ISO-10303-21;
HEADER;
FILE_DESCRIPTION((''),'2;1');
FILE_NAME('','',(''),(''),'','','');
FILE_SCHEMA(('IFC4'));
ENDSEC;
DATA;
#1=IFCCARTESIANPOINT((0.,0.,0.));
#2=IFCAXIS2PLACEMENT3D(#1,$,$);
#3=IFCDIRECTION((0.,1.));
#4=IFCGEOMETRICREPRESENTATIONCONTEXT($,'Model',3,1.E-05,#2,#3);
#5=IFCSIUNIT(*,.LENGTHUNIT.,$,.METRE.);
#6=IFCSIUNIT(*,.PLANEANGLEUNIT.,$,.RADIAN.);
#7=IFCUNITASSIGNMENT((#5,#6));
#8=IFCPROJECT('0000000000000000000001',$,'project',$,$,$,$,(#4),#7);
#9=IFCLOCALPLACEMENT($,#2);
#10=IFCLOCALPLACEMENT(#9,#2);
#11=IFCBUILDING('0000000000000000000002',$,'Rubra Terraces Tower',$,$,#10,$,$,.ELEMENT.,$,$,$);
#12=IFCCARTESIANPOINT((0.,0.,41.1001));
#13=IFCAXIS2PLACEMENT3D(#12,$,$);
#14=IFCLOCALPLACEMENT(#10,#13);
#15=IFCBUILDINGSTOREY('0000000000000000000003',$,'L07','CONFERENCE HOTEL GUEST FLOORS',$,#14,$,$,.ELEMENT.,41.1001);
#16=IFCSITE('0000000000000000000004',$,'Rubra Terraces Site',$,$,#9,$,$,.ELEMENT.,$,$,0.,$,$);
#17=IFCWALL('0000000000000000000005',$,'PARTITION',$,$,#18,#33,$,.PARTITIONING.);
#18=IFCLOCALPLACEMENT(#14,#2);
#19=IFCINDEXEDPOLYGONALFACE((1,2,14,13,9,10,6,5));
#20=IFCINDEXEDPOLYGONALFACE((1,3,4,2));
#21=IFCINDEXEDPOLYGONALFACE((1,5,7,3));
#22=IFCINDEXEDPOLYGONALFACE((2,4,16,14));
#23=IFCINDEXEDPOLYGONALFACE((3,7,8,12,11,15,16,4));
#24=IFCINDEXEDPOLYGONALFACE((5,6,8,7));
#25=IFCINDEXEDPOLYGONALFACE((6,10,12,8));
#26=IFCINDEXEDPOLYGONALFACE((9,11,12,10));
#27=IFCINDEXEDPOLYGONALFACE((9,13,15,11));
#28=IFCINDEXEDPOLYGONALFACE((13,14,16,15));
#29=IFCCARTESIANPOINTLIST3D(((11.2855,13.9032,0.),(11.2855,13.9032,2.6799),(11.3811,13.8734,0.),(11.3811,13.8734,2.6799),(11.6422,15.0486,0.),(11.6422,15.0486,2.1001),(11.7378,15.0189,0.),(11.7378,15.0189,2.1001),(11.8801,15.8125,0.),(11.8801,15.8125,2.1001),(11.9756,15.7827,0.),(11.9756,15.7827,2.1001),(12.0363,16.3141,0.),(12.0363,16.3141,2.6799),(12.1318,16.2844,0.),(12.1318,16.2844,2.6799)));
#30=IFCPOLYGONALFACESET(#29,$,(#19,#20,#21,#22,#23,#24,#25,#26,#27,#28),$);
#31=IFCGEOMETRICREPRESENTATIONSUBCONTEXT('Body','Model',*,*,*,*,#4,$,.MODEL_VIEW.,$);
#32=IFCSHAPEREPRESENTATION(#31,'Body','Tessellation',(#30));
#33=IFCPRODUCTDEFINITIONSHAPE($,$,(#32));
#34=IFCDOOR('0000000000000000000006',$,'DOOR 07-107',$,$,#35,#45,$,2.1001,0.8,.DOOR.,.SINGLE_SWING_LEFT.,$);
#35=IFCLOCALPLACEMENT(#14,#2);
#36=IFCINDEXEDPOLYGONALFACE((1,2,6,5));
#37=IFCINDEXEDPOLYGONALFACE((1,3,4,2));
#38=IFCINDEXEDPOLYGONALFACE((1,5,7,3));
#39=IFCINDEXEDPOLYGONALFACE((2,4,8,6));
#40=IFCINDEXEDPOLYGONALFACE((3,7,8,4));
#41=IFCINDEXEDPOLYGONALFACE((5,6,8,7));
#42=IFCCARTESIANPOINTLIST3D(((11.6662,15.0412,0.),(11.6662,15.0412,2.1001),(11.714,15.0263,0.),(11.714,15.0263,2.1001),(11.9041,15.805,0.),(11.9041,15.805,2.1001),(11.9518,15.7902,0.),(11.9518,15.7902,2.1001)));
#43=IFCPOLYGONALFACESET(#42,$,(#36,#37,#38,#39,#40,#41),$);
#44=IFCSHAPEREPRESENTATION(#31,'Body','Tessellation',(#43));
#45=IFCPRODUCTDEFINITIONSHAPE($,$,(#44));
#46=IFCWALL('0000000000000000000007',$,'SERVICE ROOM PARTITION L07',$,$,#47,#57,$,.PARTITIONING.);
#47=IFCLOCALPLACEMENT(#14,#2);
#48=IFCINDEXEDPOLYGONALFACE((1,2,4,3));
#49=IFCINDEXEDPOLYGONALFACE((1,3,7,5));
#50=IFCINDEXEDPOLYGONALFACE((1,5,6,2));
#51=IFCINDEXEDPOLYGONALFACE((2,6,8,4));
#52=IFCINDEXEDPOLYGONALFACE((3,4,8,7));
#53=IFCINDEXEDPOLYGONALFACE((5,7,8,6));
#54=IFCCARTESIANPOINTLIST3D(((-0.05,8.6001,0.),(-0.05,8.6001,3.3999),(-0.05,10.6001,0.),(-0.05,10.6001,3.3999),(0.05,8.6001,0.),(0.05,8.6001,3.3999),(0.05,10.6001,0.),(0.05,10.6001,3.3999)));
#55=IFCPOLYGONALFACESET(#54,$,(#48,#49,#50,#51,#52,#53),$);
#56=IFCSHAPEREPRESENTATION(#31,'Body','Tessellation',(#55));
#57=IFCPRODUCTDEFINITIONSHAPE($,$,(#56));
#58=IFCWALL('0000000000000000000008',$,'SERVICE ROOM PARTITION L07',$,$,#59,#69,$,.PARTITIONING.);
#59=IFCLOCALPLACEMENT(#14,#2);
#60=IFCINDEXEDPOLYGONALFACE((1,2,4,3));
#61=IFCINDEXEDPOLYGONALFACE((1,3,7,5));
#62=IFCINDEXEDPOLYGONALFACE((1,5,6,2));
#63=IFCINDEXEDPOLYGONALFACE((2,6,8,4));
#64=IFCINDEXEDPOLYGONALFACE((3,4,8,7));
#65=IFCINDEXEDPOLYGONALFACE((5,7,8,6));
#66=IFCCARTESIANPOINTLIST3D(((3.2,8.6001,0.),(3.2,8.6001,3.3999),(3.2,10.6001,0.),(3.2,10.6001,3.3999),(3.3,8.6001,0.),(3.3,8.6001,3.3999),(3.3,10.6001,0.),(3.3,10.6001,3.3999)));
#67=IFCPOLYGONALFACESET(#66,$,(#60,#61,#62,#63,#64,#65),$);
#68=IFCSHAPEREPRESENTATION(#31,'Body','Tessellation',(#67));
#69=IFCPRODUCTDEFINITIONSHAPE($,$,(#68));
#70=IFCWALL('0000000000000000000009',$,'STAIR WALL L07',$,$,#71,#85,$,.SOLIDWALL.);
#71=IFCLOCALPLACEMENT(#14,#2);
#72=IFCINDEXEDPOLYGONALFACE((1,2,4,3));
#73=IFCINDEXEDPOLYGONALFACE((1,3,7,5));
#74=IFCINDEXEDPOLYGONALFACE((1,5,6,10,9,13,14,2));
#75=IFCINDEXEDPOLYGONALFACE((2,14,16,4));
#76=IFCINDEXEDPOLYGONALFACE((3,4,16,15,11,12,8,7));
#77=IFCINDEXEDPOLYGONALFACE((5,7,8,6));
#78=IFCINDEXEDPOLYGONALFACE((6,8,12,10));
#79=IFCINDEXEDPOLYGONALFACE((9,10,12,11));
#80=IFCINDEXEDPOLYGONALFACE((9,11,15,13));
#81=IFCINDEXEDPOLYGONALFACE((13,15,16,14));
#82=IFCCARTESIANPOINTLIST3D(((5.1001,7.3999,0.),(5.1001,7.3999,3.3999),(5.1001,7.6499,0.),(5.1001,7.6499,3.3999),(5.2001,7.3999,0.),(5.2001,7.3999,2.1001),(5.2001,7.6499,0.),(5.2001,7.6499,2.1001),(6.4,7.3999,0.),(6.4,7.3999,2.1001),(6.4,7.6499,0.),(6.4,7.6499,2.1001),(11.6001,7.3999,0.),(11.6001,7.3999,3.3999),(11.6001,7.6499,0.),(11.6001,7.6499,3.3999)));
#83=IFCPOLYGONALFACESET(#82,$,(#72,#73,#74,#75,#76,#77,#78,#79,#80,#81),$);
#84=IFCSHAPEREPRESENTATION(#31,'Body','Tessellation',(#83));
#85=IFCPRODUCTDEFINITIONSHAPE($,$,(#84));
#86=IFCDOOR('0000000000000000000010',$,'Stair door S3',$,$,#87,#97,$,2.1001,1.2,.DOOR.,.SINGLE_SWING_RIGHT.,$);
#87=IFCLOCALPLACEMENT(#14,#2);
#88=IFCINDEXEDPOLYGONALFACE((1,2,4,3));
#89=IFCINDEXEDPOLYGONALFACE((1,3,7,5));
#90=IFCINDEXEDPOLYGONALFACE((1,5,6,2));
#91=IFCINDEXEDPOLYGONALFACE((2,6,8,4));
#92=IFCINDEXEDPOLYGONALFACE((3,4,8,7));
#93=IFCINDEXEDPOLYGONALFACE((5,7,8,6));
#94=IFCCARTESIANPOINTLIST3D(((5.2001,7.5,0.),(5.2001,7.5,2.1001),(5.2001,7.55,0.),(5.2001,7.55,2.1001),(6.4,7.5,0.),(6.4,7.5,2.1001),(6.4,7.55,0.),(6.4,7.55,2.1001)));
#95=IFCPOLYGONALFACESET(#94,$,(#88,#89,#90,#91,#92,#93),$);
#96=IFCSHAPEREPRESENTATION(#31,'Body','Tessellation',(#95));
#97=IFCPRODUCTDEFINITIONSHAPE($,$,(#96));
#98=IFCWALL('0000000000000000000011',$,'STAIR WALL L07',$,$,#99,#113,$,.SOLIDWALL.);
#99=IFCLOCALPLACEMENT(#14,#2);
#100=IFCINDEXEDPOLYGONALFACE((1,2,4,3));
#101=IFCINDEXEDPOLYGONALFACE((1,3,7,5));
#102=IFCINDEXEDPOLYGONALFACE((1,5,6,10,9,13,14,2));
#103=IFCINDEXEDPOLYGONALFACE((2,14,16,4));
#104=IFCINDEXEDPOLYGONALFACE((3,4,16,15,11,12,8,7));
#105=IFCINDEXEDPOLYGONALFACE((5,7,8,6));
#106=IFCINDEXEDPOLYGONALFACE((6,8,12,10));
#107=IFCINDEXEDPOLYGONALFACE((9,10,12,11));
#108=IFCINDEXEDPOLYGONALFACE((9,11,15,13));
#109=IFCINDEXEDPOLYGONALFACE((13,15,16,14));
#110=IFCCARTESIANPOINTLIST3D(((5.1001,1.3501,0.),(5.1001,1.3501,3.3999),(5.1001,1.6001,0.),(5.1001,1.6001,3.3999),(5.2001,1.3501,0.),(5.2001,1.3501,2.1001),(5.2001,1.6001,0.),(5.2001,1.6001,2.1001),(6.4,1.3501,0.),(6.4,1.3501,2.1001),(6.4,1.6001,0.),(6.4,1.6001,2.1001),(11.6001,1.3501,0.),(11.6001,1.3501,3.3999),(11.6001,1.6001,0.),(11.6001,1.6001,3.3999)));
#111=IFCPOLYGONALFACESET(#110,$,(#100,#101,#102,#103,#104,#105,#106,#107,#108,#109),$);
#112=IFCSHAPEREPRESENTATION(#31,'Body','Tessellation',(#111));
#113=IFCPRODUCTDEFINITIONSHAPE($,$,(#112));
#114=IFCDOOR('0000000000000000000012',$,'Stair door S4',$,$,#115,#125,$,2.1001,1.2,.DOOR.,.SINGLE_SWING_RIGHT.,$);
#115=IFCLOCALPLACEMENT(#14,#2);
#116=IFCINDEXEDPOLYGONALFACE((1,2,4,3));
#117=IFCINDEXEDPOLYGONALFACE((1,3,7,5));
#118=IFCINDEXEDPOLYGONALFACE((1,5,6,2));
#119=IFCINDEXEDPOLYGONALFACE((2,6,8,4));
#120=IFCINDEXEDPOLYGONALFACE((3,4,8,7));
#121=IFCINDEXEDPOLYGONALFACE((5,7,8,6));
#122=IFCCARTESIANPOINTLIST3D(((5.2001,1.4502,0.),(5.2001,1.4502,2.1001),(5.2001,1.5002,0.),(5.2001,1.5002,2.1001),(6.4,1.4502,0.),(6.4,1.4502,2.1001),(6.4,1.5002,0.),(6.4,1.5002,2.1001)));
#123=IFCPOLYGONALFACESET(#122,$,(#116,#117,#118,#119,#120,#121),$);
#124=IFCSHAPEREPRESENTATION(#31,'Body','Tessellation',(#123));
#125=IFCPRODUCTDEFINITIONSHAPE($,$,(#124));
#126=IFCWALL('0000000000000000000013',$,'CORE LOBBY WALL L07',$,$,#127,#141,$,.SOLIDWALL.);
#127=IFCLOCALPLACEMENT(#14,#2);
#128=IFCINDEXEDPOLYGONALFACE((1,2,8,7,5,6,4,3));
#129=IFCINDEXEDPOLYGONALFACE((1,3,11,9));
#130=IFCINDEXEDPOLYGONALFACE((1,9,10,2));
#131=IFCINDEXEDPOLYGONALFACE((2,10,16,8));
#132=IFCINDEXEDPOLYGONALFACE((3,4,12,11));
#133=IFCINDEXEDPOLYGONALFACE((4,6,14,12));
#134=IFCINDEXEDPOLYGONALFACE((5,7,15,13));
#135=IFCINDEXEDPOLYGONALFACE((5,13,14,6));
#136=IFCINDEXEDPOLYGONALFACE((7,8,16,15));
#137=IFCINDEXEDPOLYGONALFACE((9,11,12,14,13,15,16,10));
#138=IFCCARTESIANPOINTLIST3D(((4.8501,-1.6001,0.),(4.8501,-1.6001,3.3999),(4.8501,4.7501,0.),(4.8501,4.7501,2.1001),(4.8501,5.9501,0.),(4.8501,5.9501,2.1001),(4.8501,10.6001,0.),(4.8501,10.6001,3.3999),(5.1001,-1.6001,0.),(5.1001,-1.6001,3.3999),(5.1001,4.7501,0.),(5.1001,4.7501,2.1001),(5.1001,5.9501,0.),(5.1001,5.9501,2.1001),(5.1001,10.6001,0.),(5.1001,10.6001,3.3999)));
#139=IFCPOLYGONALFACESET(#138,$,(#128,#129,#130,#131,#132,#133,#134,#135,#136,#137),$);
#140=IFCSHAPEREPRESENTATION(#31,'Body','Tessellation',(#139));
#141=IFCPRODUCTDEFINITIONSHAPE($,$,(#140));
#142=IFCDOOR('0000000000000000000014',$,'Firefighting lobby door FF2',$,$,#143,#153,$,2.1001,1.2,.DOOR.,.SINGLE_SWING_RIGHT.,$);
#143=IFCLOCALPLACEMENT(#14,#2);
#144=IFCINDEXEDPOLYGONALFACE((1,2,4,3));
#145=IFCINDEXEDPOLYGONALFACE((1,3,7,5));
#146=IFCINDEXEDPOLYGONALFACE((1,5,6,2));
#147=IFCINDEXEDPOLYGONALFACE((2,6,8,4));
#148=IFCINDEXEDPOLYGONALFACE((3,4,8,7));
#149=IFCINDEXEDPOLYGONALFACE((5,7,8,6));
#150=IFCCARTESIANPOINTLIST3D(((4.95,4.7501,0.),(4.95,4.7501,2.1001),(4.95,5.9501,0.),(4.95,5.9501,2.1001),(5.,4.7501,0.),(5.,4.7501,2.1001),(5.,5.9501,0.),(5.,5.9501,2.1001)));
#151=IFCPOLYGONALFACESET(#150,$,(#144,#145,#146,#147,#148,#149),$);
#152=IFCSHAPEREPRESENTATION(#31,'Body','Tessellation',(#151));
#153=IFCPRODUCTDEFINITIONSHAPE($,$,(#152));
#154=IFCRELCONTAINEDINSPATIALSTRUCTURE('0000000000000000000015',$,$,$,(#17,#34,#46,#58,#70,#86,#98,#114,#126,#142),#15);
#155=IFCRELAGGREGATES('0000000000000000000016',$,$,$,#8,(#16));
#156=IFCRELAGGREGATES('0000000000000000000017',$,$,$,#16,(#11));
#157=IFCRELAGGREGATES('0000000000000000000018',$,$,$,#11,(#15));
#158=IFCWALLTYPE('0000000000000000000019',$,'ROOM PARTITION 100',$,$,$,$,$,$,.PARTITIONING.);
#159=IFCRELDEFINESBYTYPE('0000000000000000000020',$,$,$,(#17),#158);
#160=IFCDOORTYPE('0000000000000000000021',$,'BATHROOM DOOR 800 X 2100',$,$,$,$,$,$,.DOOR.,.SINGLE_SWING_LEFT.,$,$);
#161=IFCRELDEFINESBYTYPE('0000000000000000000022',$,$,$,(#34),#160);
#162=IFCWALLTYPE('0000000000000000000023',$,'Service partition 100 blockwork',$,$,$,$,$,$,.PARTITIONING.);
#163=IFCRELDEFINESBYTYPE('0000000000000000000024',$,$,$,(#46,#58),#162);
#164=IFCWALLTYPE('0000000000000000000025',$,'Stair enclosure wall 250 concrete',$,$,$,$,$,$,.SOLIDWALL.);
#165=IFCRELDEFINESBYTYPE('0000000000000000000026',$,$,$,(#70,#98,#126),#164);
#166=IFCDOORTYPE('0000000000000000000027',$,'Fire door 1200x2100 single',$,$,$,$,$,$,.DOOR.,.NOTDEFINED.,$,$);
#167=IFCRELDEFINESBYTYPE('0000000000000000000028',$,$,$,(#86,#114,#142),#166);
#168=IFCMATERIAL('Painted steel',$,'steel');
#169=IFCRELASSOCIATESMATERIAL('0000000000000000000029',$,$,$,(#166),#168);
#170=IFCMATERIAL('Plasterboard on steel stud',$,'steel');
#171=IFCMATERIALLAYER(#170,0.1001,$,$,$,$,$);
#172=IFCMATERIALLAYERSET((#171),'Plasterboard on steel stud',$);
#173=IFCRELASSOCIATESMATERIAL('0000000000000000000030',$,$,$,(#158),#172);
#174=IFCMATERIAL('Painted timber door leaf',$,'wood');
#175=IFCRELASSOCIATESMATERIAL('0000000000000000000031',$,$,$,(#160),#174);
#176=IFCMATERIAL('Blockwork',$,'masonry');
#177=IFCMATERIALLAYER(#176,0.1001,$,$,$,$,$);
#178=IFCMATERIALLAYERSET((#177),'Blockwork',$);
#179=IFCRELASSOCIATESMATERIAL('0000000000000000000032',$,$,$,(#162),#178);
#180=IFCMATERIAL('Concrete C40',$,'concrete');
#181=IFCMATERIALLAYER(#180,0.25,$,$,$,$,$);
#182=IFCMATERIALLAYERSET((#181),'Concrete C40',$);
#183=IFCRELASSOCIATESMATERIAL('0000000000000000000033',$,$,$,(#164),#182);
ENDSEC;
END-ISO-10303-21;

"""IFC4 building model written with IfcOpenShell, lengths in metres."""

from ifc_helpers import new_model, si_unit, direction, frame, frame_2d, origin, place, context, subcontext, project, spatial, rectangle, extrude, material, layer, layer_set, type_object, element, fill, save


model = new_model("IFC4")

# Units and contexts
model_context = context("Model", 3, precision=1e-05, world=origin(), true_north=direction((0.0, 1.0)))
body_context = subcontext(model_context, "Body", "Model", "MODEL_VIEW")
ifc_project = project(units=[si_unit("LENGTHUNIT", "METRE"), si_unit("PLANEANGLEUNIT", "RADIAN")], contexts=[model_context])

# Site, building, storey
site_placement = place(None, origin())
site = spatial("IfcSite", under=ifc_project, at=site_placement, Name="Rubra Terraces Site", CompositionType="ELEMENT", RefElevation=0.0)
building_placement = place(site_placement, origin())
building = spatial("IfcBuilding", under=site, at=building_placement, Name="Rubra Terraces Tower", CompositionType="ELEMENT")
storey_placement = place(building_placement, frame((0.0, 0.0, 41.1001)))
storey = spatial("IfcBuildingStorey", under=building, at=storey_placement, Name="L07", Description="CONFERENCE HOTEL GUEST FLOORS", CompositionType="ELEMENT", Elevation=41.1001)

# Shared definitions
ifc_material_1 = material(Name="Painted timber door leaf", Category="wood")

# Shared definitions
ifc_material_2 = material(Name="Painted steel", Category="steel")
door_type_1 = type_object("IfcDoorType", Name="Fire door 1200x2100 single", OperationType="NOTDEFINED", PredefinedType="DOOR", material=ifc_material_2)

# Wall, opening, door
ifc_material_3 = material(Name="Plasterboard on steel stud", Category="steel")
ifc_layer_1 = layer(ifc_material_3, 0.1001)
ifc_layer_set_1 = layer_set([ifc_layer_1], Name="Plasterboard on steel stud")
wall_type_1 = type_object("IfcWallType", Name="ROOM PARTITION 100", PredefinedType="PARTITIONING", material=ifc_layer_set_1)
wall_1_placement = place(storey_placement, frame((11.3333, 13.8882, 0.0), z_axis=(0.0, 0.0, 1.0), x_axis=(0.297311, 0.954781, 0.0)))
wall_1 = element("IfcWall", 1, at=wall_1_placement, inside=storey, type_object=wall_type_1, Name="PARTITION", PredefinedType="PARTITIONING", context=body_context, shape_type="SweptSolid", body=[
    extrude(rectangle(XDim=2.5251, YDim=0.1001, at=frame_2d((1.2627, 0.0))), origin(), (0.0, 0.0, 1.0), 2.6799),
])
opening_1_placement = place(wall_1_placement, frame((1.2, 0.0, 0.0)))
opening_1 = element("IfcOpeningElement", 2, at=opening_1_placement, cuts=wall_1, PredefinedType="OPENING", context=body_context, shape_type="SweptSolid", body=[
    extrude(rectangle(XDim=0.8, YDim=2.1001, at=frame_2d((0.3999, 1.05))), frame((0.0, 0.0601, 0.0), z_axis=(0.0, -1.0, 0.0), x_axis=(1.0, 0.0, 0.0)), (0.0, 0.0, 1.0), 0.1201),
])
door_type_2 = type_object("IfcDoorType", Name="BATHROOM DOOR 800 X 2100", OperationType="SINGLE_SWING_LEFT", PredefinedType="DOOR", material=ifc_material_1)
door_1_placement = place(opening_1_placement, origin())
door_1 = element("IfcDoor", 3, at=door_1_placement, inside=storey, type_object=door_type_2, Name="DOOR 07-107", OperationType="SINGLE_SWING_LEFT", OverallHeight=2.1001, OverallWidth=0.8, PredefinedType="DOOR", context=body_context, shape_type="SweptSolid", body=[
    extrude(rectangle(XDim=0.8, YDim=2.1001, at=frame_2d((0.3999, 1.05))), frame((0.0, 0.0249, 0.0), z_axis=(0.0, -1.0, 0.0), x_axis=(1.0, 0.0, 0.0)), (0.0, 0.0, 1.0), 0.05),
])
fill(opening_1, door_1)

# Walls
ifc_material_4 = material(Name="Blockwork", Category="masonry")
ifc_layer_2 = layer(ifc_material_4, 0.1001)
ifc_layer_set_2 = layer_set([ifc_layer_2], Name="Blockwork")
wall_type_2 = type_object("IfcWallType", Name="Service partition 100 blockwork", PredefinedType="PARTITIONING", material=ifc_layer_set_2)
for number, where, z_axis, x_axis, name in (
    (4, (0.0, 8.6001, 0.0), (0.0, 0.0, 1.0), (0.0, 1.0, 0.0), "SERVICE ROOM PARTITION L07"),
    (5, (3.25, 8.6001, 0.0), (0.0, 0.0, 1.0), (0.0, 1.0, 0.0), "SERVICE ROOM PARTITION L07"),
):
    element("IfcWall", number, at=place(storey_placement, frame(where, z_axis=z_axis, x_axis=x_axis)), inside=storey, type_object=wall_type_2, Name=name, PredefinedType="PARTITIONING", context=body_context, shape_type="SweptSolid", body=[
        extrude(rectangle(XDim=2.0, YDim=0.1001, at=frame_2d((1.0, 0.0))), origin(), (0.0, 0.0, 1.0), 3.3999),
    ])

# Walls, openings, doors
ifc_material_5 = material(Name="Concrete C40", Category="concrete")
ifc_layer_3 = layer(ifc_material_5, 0.25)
ifc_layer_set_3 = layer_set([ifc_layer_3], Name="Concrete C40")
wall_type_3 = type_object("IfcWallType", Name="Stair enclosure wall 250 concrete", PredefinedType="SOLIDWALL", material=ifc_layer_set_3)
wall_2_placement = place(storey_placement, frame((11.6001, 7.5249, 0.0), z_axis=(0.0, 0.0, 1.0), x_axis=(-1.0, 0.0, 0.0)))
wall_2 = element("IfcWall", 6, at=wall_2_placement, inside=storey, type_object=wall_type_3, Name="STAIR WALL L07", PredefinedType="SOLIDWALL", context=body_context, shape_type="SweptSolid", body=[
    extrude(rectangle(XDim=6.5, YDim=0.25, at=frame_2d((3.25, 0.0))), origin(), (0.0, 0.0, 1.0), 3.3999),
])
opening_2_placement = place(wall_2_placement, frame((5.2, 0.0, 0.0)))
opening_2 = element("IfcOpeningElement", 7, at=opening_2_placement, cuts=wall_2, PredefinedType="OPENING", context=body_context, shape_type="SweptSolid", body=[
    extrude(rectangle(XDim=1.2, YDim=2.1001, at=frame_2d((0.6001, 1.05))), frame((0.0, 0.135, 0.0), z_axis=(0.0, -1.0, 0.0), x_axis=(1.0, 0.0, 0.0)), (0.0, 0.0, 1.0), 0.27),
])
door_2_placement = place(opening_2_placement, origin())
door_2 = element("IfcDoor", 8, at=door_2_placement, inside=storey, type_object=door_type_1, Name="Stair door S3", OperationType="SINGLE_SWING_RIGHT", OverallHeight=2.1001, OverallWidth=1.2, PredefinedType="DOOR", context=body_context, shape_type="SweptSolid", body=[
    extrude(rectangle(XDim=1.2, YDim=2.1001, at=frame_2d((0.6001, 1.05))), frame((0.0, 0.0249, 0.0), z_axis=(0.0, -1.0, 0.0), x_axis=(1.0, 0.0, 0.0)), (0.0, 0.0, 1.0), 0.05),
])
fill(opening_2, door_2)
wall_3_placement = place(storey_placement, frame((11.6001, 1.4751, 0.0), z_axis=(0.0, 0.0, 1.0), x_axis=(-1.0, 0.0, 0.0)))
wall_3 = element("IfcWall", 9, at=wall_3_placement, inside=storey, type_object=wall_type_3, Name="STAIR WALL L07", PredefinedType="SOLIDWALL", context=body_context, shape_type="SweptSolid", body=[
    extrude(rectangle(XDim=6.5, YDim=0.25, at=frame_2d((3.25, 0.0))), origin(), (0.0, 0.0, 1.0), 3.3999),
])
opening_3_placement = place(wall_3_placement, frame((5.2, 0.0, 0.0)))
opening_3 = element("IfcOpeningElement", 10, at=opening_3_placement, cuts=wall_3, PredefinedType="OPENING", context=body_context, shape_type="SweptSolid", body=[
    extrude(rectangle(XDim=1.2, YDim=2.1001, at=frame_2d((0.6001, 1.05))), frame((0.0, 0.135, 0.0), z_axis=(0.0, -1.0, 0.0), x_axis=(1.0, 0.0, 0.0)), (0.0, 0.0, 1.0), 0.27),
])
door_3_placement = place(opening_3_placement, origin())
door_3 = element("IfcDoor", 11, at=door_3_placement, inside=storey, type_object=door_type_1, Name="Stair door S4", OperationType="SINGLE_SWING_RIGHT", OverallHeight=2.1001, OverallWidth=1.2, PredefinedType="DOOR", context=body_context, shape_type="SweptSolid", body=[
    extrude(rectangle(XDim=1.2, YDim=2.1001, at=frame_2d((0.6001, 1.05))), frame((0.0, 0.0249, 0.0), z_axis=(0.0, -1.0, 0.0), x_axis=(1.0, 0.0, 0.0)), (0.0, 0.0, 1.0), 0.05),
])
fill(opening_3, door_3)
wall_4_placement = place(storey_placement, frame((4.9751, 10.6001, 0.0), z_axis=(0.0, 0.0, 1.0), x_axis=(0.0, -1.0, 0.0)))
wall_4 = element("IfcWall", 12, at=wall_4_placement, inside=storey, type_object=wall_type_3, Name="CORE LOBBY WALL L07", PredefinedType="SOLIDWALL", context=body_context, shape_type="SweptSolid", body=[
    extrude(rectangle(XDim=12.2002, YDim=0.25, at=frame_2d((6.1001, 0.0))), origin(), (0.0, 0.0, 1.0), 3.3999),
])
opening_4_placement = place(wall_4_placement, frame((4.6499, 0.0, 0.0)))
opening_4 = element("IfcOpeningElement", 13, at=opening_4_placement, cuts=wall_4, PredefinedType="OPENING", context=body_context, shape_type="SweptSolid", body=[
    extrude(rectangle(XDim=1.2, YDim=2.1001, at=frame_2d((0.6001, 1.05))), frame((0.0, 0.135, 0.0), z_axis=(0.0, -1.0, 0.0), x_axis=(1.0, 0.0, 0.0)), (0.0, 0.0, 1.0), 0.27),
])
door_4_placement = place(opening_4_placement, origin())
door_4 = element("IfcDoor", 14, at=door_4_placement, inside=storey, type_object=door_type_1, Name="Firefighting lobby door FF2", OperationType="SINGLE_SWING_RIGHT", OverallHeight=2.1001, OverallWidth=1.2, PredefinedType="DOOR", context=body_context, shape_type="SweptSolid", body=[
    extrude(rectangle(XDim=1.2, YDim=2.1001, at=frame_2d((0.6001, 1.05))), frame((0.0, 0.0249, 0.0), z_axis=(0.0, -1.0, 0.0), x_axis=(1.0, 0.0, 0.0)), (0.0, 0.0, 1.0), 0.05),
])
fill(opening_4, door_4)

save(model, "model.ifc")
